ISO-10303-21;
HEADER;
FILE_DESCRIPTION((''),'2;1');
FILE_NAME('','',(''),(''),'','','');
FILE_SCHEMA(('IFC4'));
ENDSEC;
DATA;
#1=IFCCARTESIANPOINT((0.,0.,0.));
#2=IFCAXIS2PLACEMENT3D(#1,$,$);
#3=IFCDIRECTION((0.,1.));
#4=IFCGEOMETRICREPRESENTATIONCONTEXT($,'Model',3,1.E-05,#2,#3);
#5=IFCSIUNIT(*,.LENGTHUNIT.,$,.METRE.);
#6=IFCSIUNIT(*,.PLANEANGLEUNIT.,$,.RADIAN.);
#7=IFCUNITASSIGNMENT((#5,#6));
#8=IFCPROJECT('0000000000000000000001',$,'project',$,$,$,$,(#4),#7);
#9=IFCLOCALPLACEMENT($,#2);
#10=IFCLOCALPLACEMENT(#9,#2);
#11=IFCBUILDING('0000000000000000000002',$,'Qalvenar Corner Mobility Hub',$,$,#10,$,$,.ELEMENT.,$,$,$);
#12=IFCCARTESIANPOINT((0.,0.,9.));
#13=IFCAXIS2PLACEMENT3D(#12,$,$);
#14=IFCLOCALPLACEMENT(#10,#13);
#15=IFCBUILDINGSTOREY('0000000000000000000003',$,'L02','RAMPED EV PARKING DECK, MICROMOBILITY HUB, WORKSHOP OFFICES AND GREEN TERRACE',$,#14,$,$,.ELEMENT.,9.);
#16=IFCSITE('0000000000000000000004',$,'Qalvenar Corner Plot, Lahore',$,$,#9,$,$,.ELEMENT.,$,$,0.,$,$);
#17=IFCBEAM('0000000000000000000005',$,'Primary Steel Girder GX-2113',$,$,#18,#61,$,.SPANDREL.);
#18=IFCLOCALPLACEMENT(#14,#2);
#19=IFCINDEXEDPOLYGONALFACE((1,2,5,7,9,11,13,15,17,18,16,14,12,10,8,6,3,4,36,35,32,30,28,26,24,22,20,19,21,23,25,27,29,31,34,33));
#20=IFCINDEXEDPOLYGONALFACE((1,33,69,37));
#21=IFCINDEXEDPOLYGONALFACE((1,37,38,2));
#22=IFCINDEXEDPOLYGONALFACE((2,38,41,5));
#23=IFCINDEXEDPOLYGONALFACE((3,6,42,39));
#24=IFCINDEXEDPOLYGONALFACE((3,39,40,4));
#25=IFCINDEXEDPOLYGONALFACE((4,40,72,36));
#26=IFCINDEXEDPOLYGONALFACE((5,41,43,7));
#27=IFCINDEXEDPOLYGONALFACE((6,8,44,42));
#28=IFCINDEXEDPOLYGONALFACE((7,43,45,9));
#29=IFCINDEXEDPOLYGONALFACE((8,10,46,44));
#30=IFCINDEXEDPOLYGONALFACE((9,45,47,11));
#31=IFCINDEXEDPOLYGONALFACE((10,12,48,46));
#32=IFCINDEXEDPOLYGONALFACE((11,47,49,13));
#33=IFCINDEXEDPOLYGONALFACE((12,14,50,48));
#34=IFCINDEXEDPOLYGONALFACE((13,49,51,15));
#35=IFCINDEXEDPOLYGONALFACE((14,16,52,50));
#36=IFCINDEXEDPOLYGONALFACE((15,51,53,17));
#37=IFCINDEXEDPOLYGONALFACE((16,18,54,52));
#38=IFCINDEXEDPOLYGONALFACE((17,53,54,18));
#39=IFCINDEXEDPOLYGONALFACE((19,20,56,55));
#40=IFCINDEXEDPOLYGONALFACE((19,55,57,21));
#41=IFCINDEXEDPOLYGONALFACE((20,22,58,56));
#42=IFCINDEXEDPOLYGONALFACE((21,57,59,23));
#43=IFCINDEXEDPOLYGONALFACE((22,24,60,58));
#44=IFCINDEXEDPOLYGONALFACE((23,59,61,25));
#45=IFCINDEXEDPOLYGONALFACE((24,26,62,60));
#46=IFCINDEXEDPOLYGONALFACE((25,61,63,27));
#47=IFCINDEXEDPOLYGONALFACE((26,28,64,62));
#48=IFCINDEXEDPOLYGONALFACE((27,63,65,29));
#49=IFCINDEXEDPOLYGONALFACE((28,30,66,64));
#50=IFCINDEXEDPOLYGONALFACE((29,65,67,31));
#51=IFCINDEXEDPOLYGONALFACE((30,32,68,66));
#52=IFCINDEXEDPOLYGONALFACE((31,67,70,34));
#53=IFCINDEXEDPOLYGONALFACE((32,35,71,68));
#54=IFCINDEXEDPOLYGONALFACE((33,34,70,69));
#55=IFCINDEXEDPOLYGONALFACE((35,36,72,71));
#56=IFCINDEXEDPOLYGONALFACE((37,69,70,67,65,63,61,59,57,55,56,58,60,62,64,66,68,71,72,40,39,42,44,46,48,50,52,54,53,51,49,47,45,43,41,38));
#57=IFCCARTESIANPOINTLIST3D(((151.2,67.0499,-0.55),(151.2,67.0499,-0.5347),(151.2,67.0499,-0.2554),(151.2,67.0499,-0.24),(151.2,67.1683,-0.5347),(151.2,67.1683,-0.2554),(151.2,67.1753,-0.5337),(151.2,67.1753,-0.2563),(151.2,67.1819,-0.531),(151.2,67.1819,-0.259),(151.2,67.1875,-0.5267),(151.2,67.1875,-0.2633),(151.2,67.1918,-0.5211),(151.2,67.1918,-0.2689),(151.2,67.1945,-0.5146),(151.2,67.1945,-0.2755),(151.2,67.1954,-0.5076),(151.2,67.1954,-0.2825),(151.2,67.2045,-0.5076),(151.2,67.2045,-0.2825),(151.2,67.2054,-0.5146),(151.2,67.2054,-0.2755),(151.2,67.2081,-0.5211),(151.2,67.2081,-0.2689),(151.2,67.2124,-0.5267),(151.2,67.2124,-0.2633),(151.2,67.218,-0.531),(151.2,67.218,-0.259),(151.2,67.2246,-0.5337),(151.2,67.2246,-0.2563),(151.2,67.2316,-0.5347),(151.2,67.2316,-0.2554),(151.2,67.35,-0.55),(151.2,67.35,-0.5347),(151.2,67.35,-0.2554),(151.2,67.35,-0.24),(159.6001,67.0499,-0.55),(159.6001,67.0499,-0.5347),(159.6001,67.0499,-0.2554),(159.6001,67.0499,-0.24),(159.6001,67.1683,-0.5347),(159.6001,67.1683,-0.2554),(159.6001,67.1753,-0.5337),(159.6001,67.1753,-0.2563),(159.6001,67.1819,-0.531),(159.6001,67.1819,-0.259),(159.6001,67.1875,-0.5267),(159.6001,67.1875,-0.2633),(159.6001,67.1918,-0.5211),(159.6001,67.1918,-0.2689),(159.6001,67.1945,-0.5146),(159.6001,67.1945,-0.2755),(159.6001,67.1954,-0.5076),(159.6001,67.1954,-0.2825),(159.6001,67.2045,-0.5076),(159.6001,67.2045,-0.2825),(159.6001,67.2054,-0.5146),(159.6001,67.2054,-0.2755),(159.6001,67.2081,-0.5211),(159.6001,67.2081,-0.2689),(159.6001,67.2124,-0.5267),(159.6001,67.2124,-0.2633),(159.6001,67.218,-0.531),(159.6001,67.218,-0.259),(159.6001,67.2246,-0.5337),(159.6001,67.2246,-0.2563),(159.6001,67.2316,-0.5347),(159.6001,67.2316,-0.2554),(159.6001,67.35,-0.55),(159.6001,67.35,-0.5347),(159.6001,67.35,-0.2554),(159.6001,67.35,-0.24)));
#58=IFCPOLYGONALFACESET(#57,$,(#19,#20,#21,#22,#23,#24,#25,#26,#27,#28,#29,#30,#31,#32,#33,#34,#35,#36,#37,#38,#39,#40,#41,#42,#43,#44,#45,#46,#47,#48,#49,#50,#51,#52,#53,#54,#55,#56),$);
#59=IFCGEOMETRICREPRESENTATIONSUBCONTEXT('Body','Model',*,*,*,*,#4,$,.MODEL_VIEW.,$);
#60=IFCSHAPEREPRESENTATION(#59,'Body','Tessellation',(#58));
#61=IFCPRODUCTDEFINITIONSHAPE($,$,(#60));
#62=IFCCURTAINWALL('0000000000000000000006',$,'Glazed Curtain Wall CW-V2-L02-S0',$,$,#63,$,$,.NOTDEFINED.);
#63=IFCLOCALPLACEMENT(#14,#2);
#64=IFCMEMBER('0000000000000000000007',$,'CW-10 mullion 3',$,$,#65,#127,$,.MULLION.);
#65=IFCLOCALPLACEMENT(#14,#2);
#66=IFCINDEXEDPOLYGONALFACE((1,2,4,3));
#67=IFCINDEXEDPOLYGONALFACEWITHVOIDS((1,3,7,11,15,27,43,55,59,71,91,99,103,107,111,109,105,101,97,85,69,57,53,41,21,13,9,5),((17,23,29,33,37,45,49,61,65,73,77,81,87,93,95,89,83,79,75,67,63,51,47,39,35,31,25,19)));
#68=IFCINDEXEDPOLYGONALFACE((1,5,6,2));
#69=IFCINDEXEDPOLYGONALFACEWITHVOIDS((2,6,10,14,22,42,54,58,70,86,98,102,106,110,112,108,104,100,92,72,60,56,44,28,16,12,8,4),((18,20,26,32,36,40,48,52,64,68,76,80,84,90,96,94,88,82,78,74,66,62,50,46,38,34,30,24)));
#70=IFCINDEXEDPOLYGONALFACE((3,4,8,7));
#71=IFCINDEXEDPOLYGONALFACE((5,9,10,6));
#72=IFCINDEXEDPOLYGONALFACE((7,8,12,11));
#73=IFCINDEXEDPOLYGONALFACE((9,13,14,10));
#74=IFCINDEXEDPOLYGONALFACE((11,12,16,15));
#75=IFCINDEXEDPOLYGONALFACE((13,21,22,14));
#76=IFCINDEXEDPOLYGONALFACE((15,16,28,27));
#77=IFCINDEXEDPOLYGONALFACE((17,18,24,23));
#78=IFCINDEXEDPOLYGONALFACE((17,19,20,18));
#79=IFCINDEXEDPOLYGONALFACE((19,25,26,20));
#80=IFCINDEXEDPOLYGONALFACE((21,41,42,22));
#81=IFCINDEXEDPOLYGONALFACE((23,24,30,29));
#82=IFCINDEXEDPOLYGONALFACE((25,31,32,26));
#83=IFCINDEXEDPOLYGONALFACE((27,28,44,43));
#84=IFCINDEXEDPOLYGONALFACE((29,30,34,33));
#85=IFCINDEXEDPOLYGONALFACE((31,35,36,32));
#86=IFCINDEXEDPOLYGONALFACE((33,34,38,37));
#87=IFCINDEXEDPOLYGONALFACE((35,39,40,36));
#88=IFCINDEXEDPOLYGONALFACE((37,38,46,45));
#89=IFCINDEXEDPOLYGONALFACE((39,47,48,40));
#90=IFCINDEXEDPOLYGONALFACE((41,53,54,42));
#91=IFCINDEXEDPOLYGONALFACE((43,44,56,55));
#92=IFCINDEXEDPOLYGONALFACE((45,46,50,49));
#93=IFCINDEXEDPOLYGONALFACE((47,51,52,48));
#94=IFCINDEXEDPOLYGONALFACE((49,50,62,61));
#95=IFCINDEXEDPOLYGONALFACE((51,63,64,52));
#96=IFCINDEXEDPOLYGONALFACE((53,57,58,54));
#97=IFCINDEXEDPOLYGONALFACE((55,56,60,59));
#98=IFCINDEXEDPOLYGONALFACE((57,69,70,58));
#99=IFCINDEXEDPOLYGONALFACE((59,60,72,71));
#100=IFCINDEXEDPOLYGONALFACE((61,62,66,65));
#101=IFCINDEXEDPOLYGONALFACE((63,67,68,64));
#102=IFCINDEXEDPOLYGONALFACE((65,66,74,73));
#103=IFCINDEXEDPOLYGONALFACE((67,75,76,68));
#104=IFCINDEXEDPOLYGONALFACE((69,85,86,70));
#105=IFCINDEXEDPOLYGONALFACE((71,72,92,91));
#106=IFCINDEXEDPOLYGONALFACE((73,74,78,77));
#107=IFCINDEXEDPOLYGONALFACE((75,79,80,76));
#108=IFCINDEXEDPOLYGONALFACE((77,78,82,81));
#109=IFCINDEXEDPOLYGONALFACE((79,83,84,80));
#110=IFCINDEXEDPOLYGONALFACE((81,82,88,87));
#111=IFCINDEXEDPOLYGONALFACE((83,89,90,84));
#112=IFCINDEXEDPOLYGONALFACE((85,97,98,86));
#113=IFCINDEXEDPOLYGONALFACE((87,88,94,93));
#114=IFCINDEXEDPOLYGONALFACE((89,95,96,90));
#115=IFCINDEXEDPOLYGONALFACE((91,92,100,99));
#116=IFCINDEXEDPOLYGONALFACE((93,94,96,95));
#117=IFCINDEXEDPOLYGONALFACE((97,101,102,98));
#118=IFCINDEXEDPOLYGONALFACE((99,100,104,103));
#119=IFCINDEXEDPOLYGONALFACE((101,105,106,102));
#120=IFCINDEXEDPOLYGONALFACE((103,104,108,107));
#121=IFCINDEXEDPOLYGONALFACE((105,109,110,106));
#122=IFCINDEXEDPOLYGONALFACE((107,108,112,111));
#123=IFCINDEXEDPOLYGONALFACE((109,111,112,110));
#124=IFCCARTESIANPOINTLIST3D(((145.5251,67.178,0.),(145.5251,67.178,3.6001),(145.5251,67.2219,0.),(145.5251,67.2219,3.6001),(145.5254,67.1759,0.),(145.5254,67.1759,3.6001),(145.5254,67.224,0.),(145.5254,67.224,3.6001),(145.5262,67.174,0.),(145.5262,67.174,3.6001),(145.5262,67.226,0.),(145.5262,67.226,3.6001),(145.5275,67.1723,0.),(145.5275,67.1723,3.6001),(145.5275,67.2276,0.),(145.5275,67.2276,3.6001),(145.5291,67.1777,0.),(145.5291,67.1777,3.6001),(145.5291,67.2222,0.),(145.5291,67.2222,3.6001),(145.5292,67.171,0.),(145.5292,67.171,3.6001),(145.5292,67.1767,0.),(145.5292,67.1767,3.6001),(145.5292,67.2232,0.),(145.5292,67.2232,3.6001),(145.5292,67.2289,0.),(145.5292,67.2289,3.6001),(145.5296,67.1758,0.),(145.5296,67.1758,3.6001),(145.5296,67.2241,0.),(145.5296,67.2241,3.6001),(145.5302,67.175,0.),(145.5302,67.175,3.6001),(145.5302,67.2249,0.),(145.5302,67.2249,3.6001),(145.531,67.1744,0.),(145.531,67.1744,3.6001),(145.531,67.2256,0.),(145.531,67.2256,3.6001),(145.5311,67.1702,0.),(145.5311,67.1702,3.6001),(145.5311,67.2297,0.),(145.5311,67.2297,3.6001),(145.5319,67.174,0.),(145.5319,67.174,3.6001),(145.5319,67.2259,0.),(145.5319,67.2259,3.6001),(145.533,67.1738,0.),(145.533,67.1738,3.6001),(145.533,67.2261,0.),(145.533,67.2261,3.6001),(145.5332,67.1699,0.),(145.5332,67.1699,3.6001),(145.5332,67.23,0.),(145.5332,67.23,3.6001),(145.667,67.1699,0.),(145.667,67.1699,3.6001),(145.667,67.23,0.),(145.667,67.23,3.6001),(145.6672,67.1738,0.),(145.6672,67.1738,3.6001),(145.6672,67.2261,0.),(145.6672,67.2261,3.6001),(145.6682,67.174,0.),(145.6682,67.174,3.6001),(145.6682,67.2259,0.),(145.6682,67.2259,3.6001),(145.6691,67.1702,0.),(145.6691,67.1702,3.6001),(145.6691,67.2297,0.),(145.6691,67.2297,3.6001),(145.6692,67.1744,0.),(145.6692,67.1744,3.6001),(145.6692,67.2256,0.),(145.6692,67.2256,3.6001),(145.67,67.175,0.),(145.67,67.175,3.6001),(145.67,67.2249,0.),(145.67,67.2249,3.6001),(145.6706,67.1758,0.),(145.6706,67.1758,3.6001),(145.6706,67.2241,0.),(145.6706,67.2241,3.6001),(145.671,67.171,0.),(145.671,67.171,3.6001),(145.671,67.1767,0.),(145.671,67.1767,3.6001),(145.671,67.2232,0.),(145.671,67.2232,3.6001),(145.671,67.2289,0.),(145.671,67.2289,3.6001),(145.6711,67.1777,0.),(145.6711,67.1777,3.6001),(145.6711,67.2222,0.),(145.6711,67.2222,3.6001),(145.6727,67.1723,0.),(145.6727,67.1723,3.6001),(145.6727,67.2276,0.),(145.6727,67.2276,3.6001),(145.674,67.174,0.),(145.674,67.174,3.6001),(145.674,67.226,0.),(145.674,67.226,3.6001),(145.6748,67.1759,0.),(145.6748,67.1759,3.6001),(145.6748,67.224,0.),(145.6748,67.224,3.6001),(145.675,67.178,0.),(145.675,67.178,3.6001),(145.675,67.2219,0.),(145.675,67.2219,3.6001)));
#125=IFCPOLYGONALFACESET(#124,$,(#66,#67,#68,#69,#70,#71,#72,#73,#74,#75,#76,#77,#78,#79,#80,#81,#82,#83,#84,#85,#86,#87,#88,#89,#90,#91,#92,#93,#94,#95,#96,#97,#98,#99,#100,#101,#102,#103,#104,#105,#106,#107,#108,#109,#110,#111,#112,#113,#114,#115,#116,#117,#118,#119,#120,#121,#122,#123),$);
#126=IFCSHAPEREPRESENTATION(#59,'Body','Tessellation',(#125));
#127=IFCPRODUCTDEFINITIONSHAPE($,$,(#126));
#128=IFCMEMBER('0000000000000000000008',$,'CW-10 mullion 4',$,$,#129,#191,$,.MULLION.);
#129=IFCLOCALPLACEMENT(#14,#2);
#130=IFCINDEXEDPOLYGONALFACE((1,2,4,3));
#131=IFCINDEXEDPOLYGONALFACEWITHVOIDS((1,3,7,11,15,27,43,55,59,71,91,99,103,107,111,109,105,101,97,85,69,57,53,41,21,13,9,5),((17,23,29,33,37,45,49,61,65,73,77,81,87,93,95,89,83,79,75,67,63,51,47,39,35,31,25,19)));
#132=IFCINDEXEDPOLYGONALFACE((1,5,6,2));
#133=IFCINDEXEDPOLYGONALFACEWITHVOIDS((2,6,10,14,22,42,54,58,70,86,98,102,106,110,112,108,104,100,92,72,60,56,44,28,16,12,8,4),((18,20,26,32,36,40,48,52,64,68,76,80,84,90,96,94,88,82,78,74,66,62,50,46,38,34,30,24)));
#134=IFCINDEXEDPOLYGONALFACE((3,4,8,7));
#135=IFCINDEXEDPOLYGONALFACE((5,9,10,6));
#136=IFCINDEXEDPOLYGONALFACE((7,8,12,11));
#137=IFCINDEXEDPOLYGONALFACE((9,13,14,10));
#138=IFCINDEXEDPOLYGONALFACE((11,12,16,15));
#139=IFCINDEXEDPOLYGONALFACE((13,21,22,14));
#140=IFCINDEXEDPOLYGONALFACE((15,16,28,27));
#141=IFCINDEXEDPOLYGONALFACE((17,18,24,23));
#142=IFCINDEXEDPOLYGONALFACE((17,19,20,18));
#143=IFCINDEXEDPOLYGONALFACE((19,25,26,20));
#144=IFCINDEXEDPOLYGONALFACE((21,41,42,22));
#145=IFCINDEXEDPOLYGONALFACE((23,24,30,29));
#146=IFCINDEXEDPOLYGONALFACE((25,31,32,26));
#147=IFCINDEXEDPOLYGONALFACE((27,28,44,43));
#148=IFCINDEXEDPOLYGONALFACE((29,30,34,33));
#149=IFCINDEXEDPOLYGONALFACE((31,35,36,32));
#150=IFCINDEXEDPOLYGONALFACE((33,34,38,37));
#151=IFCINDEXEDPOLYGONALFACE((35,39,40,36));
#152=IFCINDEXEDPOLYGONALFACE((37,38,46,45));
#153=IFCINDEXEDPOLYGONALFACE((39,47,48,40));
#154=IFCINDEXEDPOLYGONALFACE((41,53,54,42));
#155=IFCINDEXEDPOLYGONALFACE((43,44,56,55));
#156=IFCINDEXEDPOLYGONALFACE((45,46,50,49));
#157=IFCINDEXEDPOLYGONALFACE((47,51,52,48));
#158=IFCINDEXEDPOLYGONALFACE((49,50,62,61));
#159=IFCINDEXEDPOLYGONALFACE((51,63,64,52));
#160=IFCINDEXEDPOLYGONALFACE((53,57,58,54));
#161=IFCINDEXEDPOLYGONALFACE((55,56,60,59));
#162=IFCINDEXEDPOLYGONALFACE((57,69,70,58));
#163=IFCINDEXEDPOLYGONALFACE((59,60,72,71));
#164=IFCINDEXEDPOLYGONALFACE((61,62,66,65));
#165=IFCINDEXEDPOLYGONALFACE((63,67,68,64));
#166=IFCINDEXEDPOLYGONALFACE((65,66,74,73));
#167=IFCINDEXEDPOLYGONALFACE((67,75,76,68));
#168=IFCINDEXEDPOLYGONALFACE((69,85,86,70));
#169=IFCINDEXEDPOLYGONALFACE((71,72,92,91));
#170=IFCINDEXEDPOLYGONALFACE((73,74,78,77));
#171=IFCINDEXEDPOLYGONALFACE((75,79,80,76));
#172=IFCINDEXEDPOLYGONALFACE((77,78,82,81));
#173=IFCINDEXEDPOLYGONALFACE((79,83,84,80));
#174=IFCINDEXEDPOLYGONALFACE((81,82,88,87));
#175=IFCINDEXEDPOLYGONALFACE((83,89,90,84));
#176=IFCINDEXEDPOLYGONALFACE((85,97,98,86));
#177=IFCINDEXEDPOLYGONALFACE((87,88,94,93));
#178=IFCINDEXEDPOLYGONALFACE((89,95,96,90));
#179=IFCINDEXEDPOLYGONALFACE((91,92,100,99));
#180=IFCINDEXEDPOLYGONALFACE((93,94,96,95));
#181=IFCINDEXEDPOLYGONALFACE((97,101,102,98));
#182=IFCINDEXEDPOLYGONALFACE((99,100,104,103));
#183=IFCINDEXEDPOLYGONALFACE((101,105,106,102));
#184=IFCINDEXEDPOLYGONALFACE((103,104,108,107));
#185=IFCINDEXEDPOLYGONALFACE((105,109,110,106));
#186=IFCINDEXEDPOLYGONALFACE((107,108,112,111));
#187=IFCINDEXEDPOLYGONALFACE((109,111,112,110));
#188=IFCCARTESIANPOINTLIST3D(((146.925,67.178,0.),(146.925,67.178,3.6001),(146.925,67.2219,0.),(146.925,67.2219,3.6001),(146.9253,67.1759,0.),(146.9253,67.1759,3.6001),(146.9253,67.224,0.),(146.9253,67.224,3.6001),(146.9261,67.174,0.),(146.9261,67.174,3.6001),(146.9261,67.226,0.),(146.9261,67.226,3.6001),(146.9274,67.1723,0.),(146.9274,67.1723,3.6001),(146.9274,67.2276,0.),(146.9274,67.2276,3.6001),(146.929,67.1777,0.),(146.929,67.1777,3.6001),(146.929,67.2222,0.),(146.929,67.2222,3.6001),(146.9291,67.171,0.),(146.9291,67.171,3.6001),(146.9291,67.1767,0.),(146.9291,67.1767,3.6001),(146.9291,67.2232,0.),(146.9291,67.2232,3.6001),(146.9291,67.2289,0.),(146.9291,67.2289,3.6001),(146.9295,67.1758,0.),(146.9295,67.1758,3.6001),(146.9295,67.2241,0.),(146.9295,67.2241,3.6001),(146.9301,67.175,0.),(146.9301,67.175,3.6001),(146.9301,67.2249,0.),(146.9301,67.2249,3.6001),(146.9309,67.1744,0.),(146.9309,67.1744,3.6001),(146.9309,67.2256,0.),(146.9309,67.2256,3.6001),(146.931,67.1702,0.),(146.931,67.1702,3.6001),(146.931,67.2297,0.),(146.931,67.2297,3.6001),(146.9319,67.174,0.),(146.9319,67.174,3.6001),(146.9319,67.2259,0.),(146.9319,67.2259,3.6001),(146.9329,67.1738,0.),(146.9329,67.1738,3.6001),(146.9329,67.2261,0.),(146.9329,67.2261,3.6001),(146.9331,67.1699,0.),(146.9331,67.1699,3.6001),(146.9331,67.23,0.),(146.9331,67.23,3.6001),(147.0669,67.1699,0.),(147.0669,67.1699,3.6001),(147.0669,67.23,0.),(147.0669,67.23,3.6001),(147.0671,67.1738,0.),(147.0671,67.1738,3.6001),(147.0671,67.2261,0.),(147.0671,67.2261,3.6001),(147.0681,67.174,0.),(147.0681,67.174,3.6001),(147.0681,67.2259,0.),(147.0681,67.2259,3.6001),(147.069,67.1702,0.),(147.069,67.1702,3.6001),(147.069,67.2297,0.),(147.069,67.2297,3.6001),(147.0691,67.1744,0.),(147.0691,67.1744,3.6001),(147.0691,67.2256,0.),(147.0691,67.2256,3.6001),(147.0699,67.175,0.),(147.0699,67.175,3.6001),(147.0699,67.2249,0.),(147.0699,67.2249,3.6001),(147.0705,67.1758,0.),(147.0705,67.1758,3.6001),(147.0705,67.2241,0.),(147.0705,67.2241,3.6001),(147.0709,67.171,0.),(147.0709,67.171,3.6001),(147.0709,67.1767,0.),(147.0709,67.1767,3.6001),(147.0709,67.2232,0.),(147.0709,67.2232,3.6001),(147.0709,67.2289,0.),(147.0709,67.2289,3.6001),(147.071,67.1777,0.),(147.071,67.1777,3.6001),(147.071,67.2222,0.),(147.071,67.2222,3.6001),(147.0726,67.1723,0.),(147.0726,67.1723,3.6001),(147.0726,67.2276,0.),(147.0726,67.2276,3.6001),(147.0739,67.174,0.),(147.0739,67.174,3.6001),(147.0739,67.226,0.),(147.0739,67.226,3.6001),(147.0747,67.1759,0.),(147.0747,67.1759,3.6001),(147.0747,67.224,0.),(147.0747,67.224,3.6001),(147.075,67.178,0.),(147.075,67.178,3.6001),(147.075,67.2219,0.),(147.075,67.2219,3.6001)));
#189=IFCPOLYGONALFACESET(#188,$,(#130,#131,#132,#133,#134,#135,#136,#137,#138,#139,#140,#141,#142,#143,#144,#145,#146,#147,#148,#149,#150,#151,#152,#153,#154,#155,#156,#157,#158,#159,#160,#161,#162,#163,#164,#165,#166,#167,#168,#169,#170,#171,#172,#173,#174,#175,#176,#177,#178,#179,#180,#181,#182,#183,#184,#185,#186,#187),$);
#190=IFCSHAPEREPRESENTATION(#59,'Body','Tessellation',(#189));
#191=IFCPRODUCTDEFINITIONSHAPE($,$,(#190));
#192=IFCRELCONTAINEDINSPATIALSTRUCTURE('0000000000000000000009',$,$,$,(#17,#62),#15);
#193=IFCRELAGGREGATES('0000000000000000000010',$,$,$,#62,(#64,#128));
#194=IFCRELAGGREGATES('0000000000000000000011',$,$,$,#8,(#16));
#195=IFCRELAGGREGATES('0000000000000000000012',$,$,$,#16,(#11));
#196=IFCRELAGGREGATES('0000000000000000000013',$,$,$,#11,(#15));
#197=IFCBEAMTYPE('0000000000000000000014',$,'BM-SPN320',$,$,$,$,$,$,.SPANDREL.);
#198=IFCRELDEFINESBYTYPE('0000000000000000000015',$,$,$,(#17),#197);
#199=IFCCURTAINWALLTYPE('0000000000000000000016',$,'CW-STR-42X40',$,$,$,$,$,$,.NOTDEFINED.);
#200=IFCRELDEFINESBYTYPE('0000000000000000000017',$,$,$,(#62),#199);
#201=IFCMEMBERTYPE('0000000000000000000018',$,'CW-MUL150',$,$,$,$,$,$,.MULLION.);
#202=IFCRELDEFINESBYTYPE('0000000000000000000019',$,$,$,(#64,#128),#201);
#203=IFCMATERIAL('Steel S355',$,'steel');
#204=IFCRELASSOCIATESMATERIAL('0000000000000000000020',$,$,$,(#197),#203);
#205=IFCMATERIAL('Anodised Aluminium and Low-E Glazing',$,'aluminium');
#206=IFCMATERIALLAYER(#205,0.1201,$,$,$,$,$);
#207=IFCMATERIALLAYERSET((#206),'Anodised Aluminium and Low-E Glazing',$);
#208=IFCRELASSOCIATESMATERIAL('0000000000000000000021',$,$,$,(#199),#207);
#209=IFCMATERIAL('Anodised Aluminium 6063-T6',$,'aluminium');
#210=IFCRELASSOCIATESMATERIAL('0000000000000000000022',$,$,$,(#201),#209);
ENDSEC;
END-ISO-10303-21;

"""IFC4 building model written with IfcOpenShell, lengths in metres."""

from ifc_helpers import new_model, si_unit, direction, frame, origin, origin_2d, place, context, subcontext, project, spatial, hollow_rectangle, i_section, extrude, material, layer, layer_set, material_profile, profile_set, type_object, element, aggregate, save


model = new_model("IFC4")

# Units and contexts
model_context = context("Model", 3, precision=1e-05, world=origin(), true_north=direction((0.0, 1.0)))
body_context = subcontext(model_context, "Body", "Model", "MODEL_VIEW")
ifc_project = project(units=[si_unit("LENGTHUNIT", "METRE"), si_unit("PLANEANGLEUNIT", "RADIAN")], contexts=[model_context])

# Site, building, storey
site_placement = place(None, origin())
site = spatial("IfcSite", under=ifc_project, at=site_placement, Name="Qalvenar Corner Plot, Lahore", CompositionType="ELEMENT", RefElevation=0.0)
building_placement = place(site_placement, origin())
building = spatial("IfcBuilding", under=site, at=building_placement, Name="Qalvenar Corner Mobility Hub", CompositionType="ELEMENT")
storey_placement = place(building_placement, frame((0.0, 0.0, 9.0)))
storey = spatial("IfcBuildingStorey", under=building, at=storey_placement, Name="L02", Description="RAMPED EV PARKING DECK, MICROMOBILITY HUB, WORKSHOP OFFICES AND GREEN TERRACE", CompositionType="ELEMENT", Elevation=9.0)

# Shared definitions
ifc_material_1 = material(Name="Steel S355", Category="steel")

# Beam
ifc_material_profile_1 = material_profile(ifc_material_1, i_section(OverallWidth=0.3, OverallDepth=0.3101, WebThickness=0.009, FlangeThickness=0.0154, FilletRadius=0.0271, at=origin_2d()), Name="HEA320")
ifc_profile_set_1 = profile_set([ifc_material_profile_1], Name="Steel S355")
beam_type_1 = type_object("IfcBeamType", Name="BM-SPN320", PredefinedType="SPANDREL", material=ifc_profile_set_1)
beam_1_placement = place(storey_placement, frame((151.2, 67.2, -0.395), z_axis=(1.0, 0.0, 0.0), x_axis=(0.0, 1.0, 0.0)))
element("IfcBeam", 1, at=beam_1_placement, inside=storey, type_object=beam_type_1, Name="Primary Steel Girder GX-2113", PredefinedType="SPANDREL", context=body_context, shape_type="SweptSolid", body=[
    extrude(i_section(OverallWidth=0.3, OverallDepth=0.3101, WebThickness=0.009, FlangeThickness=0.0154, FilletRadius=0.0271, at=origin_2d()), origin(), (0.0, 0.0, 1.0), 8.4001),
])

# Curtain wall, members
ifc_material_2 = material(Name="Anodised Aluminium and Low-E Glazing", Category="aluminium")
ifc_layer_1 = layer(ifc_material_2, 0.1201)
ifc_layer_set_1 = layer_set([ifc_layer_1], Name="Anodised Aluminium and Low-E Glazing")
curtain_wall_type = type_object("IfcCurtainWallType", Name="CW-STR-42X40", PredefinedType="NOTDEFINED", material=ifc_layer_set_1)
curtain_wall_1_placement = place(storey_placement, origin())
curtain_wall_1 = element("IfcCurtainWall", 2, at=curtain_wall_1_placement, inside=storey, type_object=curtain_wall_type, Name="Glazed Curtain Wall CW-V2-L02-S0", PredefinedType="NOTDEFINED")
ifc_material_3 = material(Name="Anodised Aluminium 6063-T6", Category="aluminium")
ifc_material_profile_2 = material_profile(ifc_material_3, hollow_rectangle(XDim=0.0601, YDim=0.1499, WallThickness=0.0039, InnerFilletRadius=0.0039, OuterFilletRadius=0.0081, at=origin_2d()), Name="RHS150x60x4")
ifc_profile_set_2 = profile_set([ifc_material_profile_2], Name="Anodised Aluminium 6063-T6")
member_type_1 = type_object("IfcMemberType", Name="CW-MUL150", PredefinedType="MULLION", material=ifc_profile_set_2)
member_1_placement = place(storey_placement, frame((145.6001, 67.2, 0.0), z_axis=(0.0, 0.0, 1.0), x_axis=(0.0, 1.0, 0.0)))
member_1 = element("IfcMember", 3, at=member_1_placement, type_object=member_type_1, Name="CW-10 mullion 3", PredefinedType="MULLION", context=body_context, shape_type="SweptSolid", body=[
    extrude(hollow_rectangle(XDim=0.0601, YDim=0.1499, WallThickness=0.0039, InnerFilletRadius=0.0039, OuterFilletRadius=0.0081, at=origin_2d()), origin(), (0.0, 0.0, 1.0), 3.6001),
])
member_2_placement = place(storey_placement, frame((147.0, 67.2, 0.0), z_axis=(0.0, 0.0, 1.0), x_axis=(0.0, 1.0, 0.0)))
member_2 = element("IfcMember", 4, at=member_2_placement, type_object=member_type_1, Name="CW-10 mullion 4", PredefinedType="MULLION", context=body_context, shape_type="SweptSolid", body=[
    extrude(hollow_rectangle(XDim=0.0601, YDim=0.1499, WallThickness=0.0039, InnerFilletRadius=0.0039, OuterFilletRadius=0.0081, at=origin_2d()), origin(), (0.0, 0.0, 1.0), 3.6001),
])

aggregate(curtain_wall_1, [member_1, member_2])

save(model, "model.ifc")
